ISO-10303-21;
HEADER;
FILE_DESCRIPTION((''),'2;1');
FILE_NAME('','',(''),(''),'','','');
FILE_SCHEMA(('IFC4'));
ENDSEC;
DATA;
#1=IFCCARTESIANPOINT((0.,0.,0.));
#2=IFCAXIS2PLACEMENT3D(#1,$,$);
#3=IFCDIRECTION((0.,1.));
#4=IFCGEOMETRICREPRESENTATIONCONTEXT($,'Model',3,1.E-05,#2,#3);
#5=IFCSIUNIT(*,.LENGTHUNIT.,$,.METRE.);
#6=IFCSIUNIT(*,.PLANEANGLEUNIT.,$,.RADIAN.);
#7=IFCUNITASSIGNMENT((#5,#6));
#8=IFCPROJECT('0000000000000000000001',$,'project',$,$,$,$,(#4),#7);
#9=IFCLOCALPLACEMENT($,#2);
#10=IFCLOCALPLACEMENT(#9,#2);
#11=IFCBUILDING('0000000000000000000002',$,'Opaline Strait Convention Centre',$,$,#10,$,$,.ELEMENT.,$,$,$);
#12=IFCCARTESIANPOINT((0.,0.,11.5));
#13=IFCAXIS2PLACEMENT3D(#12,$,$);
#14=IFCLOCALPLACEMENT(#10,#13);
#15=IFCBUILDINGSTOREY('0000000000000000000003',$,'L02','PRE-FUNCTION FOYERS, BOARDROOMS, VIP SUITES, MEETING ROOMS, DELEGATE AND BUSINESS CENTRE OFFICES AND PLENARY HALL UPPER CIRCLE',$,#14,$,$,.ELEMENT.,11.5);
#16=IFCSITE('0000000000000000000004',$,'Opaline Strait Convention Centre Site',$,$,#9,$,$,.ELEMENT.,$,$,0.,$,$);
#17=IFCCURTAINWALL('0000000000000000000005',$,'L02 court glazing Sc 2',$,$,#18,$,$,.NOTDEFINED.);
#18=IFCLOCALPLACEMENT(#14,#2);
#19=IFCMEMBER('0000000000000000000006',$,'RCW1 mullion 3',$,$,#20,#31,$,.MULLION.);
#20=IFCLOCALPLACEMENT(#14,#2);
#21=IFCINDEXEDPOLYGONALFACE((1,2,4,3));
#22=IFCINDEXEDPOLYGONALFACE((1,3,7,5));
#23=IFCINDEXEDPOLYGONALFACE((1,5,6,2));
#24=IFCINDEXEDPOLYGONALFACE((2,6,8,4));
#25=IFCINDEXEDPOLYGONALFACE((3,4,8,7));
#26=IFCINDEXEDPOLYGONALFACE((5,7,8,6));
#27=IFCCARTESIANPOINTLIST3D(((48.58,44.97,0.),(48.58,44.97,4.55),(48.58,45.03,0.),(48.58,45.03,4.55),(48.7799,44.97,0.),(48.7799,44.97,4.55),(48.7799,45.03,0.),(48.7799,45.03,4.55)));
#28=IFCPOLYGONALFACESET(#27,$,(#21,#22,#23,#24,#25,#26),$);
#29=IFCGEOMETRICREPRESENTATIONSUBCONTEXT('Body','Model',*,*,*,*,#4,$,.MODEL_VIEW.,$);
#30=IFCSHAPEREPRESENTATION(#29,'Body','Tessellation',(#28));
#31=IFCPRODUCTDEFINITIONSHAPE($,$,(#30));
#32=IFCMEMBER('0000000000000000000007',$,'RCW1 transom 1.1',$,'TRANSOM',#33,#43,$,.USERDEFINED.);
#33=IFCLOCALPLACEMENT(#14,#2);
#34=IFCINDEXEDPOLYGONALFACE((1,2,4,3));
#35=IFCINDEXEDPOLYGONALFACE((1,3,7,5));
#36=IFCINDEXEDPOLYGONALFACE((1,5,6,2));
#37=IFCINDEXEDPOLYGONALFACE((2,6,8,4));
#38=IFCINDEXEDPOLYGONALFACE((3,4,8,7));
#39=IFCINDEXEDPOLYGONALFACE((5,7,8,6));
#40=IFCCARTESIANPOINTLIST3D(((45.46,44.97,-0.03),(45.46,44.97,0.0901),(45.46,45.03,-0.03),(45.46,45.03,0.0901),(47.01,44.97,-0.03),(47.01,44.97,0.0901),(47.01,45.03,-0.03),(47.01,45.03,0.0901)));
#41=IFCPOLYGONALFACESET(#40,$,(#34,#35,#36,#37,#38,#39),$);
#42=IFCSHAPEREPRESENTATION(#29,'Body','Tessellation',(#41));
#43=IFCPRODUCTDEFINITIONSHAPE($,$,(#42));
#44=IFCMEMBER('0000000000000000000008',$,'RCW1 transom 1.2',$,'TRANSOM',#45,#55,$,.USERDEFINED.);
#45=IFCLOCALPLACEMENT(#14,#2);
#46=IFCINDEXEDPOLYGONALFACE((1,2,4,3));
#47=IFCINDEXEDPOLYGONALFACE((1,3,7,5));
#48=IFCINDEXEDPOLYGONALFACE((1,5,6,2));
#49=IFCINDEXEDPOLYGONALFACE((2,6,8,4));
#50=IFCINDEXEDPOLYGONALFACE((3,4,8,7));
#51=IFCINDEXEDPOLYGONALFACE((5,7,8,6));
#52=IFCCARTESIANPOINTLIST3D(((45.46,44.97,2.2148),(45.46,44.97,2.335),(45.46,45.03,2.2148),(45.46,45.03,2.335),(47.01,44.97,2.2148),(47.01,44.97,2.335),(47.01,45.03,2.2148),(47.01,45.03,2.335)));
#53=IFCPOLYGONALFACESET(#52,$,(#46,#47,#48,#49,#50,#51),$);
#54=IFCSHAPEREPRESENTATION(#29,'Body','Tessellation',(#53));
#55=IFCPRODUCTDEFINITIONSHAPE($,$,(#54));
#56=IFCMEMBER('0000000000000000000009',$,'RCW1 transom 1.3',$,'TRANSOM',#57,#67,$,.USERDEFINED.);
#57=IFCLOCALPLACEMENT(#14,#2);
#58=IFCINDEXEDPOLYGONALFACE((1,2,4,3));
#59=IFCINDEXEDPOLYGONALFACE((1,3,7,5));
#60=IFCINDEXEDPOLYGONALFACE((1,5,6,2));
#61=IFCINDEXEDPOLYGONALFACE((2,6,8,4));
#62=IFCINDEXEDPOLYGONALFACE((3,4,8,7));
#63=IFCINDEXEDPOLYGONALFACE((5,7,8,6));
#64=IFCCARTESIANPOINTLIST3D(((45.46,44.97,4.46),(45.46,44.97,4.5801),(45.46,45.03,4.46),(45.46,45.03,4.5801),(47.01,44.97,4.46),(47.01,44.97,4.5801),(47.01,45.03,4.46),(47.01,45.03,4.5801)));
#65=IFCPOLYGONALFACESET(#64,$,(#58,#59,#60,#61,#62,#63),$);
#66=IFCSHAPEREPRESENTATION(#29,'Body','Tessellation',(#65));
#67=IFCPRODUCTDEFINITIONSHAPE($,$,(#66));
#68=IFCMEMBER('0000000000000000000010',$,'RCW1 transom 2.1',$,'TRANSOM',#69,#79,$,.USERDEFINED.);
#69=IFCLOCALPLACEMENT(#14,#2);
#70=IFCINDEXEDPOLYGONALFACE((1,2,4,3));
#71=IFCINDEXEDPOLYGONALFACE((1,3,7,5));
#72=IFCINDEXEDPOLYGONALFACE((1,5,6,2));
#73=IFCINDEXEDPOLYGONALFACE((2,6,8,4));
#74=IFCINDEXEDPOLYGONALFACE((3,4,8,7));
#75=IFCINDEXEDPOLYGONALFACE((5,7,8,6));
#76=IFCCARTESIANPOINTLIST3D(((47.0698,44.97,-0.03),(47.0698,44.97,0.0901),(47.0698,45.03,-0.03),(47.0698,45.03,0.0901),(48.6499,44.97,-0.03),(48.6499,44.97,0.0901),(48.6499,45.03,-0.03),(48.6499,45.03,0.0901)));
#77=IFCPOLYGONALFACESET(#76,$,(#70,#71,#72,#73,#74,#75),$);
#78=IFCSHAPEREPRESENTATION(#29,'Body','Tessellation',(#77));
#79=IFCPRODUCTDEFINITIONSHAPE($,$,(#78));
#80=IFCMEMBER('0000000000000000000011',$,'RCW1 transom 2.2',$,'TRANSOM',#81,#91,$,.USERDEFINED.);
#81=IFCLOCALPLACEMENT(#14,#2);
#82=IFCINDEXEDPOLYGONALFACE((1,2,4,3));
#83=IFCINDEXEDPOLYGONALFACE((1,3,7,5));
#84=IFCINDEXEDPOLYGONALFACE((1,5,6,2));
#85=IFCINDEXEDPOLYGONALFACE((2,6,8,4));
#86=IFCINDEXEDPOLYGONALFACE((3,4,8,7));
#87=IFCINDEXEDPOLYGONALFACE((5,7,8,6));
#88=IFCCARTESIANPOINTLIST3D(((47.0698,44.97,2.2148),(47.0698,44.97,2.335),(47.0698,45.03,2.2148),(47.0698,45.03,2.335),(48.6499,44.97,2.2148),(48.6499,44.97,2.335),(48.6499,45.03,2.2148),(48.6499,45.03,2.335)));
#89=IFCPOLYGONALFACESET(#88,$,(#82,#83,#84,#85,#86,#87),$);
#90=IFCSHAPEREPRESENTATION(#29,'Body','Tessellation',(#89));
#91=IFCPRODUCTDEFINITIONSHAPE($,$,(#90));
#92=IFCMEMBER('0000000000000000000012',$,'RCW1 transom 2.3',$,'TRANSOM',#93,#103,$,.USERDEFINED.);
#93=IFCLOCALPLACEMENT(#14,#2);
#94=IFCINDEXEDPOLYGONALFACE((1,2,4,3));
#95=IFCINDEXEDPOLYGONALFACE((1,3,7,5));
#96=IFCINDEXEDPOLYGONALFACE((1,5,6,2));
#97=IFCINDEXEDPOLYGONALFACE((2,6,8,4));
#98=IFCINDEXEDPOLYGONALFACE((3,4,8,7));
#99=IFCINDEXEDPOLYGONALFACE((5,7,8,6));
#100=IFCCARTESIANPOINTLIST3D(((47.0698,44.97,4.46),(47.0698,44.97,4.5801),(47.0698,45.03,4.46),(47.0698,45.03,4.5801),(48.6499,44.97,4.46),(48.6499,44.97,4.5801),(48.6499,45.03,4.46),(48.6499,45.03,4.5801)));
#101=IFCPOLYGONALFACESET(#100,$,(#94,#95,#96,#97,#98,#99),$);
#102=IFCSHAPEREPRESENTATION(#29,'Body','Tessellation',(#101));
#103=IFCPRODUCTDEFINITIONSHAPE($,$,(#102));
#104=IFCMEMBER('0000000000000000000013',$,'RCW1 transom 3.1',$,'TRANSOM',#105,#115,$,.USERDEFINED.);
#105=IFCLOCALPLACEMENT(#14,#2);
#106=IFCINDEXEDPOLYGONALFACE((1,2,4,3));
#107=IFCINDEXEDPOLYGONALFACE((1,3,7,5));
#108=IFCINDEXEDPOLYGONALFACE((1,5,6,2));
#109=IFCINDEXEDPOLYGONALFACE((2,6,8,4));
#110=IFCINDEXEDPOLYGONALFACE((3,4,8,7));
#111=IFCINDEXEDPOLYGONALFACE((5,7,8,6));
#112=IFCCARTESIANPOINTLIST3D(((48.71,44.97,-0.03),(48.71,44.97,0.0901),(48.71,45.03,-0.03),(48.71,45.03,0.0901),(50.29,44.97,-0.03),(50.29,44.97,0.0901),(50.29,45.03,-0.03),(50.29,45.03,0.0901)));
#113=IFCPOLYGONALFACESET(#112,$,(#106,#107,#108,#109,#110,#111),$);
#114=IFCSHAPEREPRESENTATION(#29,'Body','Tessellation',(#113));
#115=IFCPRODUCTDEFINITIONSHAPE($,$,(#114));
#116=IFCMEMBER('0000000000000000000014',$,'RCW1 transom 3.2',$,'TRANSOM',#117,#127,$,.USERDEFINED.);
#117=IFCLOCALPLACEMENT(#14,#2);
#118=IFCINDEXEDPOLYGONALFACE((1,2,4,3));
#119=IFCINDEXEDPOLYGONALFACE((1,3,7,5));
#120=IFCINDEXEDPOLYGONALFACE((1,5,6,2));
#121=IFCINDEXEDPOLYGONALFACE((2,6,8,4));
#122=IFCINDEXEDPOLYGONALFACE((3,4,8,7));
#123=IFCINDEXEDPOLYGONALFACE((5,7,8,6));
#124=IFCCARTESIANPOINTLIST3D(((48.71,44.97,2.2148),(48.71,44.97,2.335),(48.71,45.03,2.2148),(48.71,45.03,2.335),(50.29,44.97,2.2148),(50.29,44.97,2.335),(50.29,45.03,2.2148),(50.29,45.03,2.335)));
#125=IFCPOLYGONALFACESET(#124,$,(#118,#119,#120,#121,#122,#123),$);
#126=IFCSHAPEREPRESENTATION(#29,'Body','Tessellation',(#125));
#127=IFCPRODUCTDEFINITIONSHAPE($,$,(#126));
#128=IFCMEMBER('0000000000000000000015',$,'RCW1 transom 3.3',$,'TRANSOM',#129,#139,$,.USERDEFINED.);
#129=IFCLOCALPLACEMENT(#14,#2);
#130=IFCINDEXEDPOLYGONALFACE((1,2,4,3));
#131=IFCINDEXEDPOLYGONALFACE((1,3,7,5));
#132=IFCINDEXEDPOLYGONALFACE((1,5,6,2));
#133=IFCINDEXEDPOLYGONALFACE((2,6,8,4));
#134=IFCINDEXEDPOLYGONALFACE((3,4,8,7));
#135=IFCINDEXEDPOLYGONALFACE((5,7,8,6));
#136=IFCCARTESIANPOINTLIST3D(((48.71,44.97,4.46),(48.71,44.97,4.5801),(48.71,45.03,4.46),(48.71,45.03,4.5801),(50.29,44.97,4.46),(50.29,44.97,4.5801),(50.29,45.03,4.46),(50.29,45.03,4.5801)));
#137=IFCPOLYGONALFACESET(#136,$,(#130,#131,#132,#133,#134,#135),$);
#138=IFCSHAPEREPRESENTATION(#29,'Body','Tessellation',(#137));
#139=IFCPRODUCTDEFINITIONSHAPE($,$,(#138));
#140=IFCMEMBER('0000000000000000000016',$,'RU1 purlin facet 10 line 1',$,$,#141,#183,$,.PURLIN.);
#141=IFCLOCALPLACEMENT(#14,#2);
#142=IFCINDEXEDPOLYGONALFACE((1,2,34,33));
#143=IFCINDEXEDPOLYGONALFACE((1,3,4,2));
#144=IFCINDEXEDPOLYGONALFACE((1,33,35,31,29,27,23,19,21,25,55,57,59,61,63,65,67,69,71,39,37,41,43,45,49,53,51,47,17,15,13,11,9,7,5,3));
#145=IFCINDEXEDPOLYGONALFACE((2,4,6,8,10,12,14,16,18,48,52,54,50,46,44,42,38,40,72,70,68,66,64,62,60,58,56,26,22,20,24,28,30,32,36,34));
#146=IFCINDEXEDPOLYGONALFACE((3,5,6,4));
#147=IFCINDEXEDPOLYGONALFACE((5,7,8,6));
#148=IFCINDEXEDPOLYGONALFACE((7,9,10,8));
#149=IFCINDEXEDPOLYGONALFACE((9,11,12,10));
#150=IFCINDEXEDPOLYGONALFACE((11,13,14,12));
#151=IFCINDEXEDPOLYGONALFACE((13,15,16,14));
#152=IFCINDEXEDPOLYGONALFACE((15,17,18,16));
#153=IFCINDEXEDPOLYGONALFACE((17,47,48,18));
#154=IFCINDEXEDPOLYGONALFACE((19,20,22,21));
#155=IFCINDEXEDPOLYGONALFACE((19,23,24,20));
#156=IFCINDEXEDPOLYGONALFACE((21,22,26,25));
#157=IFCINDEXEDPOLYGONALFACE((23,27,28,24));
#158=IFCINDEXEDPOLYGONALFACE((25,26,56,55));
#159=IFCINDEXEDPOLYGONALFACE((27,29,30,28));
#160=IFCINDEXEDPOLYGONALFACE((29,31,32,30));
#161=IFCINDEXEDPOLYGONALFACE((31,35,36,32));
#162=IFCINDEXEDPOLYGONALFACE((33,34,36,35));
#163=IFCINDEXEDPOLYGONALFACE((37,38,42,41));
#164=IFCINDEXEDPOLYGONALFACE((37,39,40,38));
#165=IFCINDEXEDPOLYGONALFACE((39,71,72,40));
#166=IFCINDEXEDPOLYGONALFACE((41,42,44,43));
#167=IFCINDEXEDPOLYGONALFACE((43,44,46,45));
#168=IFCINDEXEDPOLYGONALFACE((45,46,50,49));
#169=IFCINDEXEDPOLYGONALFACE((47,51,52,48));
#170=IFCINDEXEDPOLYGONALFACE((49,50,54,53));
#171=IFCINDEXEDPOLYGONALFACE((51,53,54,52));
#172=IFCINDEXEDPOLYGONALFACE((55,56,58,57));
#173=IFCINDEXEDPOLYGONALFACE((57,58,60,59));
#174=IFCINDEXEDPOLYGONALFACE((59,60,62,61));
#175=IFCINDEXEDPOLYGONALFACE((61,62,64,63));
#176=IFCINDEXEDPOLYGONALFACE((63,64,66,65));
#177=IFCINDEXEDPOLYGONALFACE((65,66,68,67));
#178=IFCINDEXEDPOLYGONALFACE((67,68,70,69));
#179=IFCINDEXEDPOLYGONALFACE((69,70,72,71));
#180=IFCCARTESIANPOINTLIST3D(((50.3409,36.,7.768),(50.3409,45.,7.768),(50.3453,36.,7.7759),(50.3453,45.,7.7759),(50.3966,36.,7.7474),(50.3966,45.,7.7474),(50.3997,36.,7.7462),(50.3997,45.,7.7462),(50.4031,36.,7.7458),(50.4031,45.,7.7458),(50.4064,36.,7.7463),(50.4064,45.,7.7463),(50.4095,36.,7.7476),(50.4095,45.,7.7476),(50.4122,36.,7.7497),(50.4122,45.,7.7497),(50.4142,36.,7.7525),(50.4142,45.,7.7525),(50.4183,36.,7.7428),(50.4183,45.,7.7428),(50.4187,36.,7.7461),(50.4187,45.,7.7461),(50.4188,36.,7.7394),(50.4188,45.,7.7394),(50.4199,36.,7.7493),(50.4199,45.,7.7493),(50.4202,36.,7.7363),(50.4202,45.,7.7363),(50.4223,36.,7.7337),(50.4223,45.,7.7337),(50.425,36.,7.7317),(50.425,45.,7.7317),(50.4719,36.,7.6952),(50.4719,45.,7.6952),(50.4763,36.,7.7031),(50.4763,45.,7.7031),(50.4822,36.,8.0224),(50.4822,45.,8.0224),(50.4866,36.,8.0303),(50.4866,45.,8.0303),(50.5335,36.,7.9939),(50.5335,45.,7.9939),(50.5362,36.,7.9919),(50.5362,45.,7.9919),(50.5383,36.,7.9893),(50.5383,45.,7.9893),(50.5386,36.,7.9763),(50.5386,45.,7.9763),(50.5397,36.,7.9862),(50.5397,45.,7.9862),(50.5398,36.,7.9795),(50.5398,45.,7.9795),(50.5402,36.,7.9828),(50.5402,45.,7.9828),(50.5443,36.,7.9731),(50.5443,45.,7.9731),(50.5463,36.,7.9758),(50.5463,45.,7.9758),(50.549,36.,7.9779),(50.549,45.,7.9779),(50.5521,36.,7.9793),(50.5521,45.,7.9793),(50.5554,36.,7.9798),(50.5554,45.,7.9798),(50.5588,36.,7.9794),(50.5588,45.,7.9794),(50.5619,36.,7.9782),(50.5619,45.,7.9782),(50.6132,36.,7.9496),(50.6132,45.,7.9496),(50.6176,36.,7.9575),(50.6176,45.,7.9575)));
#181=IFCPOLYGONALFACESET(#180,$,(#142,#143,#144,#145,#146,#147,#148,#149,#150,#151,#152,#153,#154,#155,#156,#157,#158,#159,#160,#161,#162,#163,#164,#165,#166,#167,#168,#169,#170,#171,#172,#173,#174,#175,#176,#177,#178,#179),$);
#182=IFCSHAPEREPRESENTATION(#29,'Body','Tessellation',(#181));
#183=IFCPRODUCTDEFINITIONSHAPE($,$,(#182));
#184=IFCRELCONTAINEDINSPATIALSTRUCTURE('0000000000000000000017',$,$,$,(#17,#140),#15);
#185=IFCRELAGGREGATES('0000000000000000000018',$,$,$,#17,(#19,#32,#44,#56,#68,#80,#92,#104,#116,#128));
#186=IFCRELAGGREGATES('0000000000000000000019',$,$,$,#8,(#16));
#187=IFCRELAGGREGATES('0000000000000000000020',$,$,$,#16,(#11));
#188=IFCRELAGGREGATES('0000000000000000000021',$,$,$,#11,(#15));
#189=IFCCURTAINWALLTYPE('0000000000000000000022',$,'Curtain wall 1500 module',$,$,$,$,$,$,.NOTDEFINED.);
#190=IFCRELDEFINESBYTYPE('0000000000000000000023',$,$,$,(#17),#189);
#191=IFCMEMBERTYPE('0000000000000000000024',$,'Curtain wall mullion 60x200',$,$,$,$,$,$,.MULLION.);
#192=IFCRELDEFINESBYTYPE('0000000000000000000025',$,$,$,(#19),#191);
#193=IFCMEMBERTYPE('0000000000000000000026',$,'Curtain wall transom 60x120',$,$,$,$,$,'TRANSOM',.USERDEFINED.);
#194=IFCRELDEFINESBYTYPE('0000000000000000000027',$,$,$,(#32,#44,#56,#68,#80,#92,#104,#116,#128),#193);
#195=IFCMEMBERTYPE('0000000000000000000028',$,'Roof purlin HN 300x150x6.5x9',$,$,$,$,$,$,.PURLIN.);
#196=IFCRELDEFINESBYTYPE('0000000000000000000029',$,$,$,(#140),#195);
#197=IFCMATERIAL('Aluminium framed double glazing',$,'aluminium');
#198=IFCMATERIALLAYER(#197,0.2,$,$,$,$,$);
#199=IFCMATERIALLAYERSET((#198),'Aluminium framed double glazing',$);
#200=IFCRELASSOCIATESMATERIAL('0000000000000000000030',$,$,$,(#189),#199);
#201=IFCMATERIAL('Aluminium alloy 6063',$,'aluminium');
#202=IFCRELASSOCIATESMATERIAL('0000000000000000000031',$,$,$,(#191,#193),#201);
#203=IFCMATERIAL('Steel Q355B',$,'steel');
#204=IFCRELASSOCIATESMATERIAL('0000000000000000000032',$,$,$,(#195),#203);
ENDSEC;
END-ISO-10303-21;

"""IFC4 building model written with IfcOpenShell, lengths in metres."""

from ifc_helpers import new_model, si_unit, direction, frame, origin, origin_2d, place, context, subcontext, project, spatial, rectangle, i_section, extrude, material, layer, layer_set, material_profile, profile_set, type_object, element, aggregate, save


model = new_model("IFC4")

# Units and contexts
model_context = context("Model", 3, precision=1e-05, world=origin(), true_north=direction((0.0, 1.0)))
body_context = subcontext(model_context, "Body", "Model", "MODEL_VIEW")
ifc_project = project(units=[si_unit("LENGTHUNIT", "METRE"), si_unit("PLANEANGLEUNIT", "RADIAN")], contexts=[model_context])

# Site, building, storey
site_placement = place(None, origin())
site = spatial("IfcSite", under=ifc_project, at=site_placement, Name="Opaline Strait Convention Centre Site", CompositionType="ELEMENT", RefElevation=0.0)
building_placement = place(site_placement, origin())
building = spatial("IfcBuilding", under=site, at=building_placement, Name="Opaline Strait Convention Centre", CompositionType="ELEMENT")
storey_placement = place(building_placement, frame((0.0, 0.0, 11.5)))
storey = spatial("IfcBuildingStorey", under=building, at=storey_placement, Name="L02", Description="PRE-FUNCTION FOYERS, BOARDROOMS, VIP SUITES, MEETING ROOMS, DELEGATE AND BUSINESS CENTRE OFFICES AND PLENARY HALL UPPER CIRCLE", CompositionType="ELEMENT", Elevation=11.5)

# Shared definitions
ifc_material_1 = material(Name="Steel Q355B", Category="steel")

# Curtain wall, members
ifc_material_2 = material(Name="Aluminium framed double glazing", Category="aluminium")
ifc_layer_1 = layer(ifc_material_2, 0.2)
ifc_layer_set_1 = layer_set([ifc_layer_1], Name="Aluminium framed double glazing")
curtain_wall_type = type_object("IfcCurtainWallType", Name="Curtain wall 1500 module", PredefinedType="NOTDEFINED", material=ifc_layer_set_1)
curtain_wall_placement = place(storey_placement, origin())
curtain_wall = element("IfcCurtainWall", 1, at=curtain_wall_placement, inside=storey, type_object=curtain_wall_type, Name="L02 court glazing Sc 2", PredefinedType="NOTDEFINED")
ifc_material_3 = material(Name="Aluminium alloy 6063", Category="aluminium")
ifc_material_profile_1 = material_profile(ifc_material_3, rectangle(XDim=0.0601, YDim=0.2, at=origin_2d()), Name="Curtain wall mullion 60x200")
ifc_profile_set_1 = profile_set([ifc_material_profile_1], Name="Aluminium alloy 6063")
member_type_1 = type_object("IfcMemberType", Name="Curtain wall mullion 60x200", PredefinedType="MULLION", material=ifc_profile_set_1)
member_1_placement = place(storey_placement, frame((48.6799, 45.0, 0.0), z_axis=(0.0, 0.0, 1.0), x_axis=(0.0, 1.0, 0.0)))
member_1 = element("IfcMember", 2, at=member_1_placement, type_object=member_type_1, Name="RCW1 mullion 3", PredefinedType="MULLION", context=body_context, shape_type="SweptSolid", body=[
    extrude(rectangle(XDim=0.0601, YDim=0.2, at=origin_2d()), origin(), (0.0, 0.0, 1.0), 4.55),
])
ifc_material_profile_2 = material_profile(ifc_material_3, rectangle(XDim=0.0601, YDim=0.1201, at=origin_2d()), Name="Curtain wall transom 60x120")
ifc_profile_set_2 = profile_set([ifc_material_profile_2], Name="Aluminium alloy 6063")
member_type_2 = type_object("IfcMemberType", Name="Curtain wall transom 60x120", ElementType="TRANSOM", PredefinedType="USERDEFINED", material=ifc_profile_set_2)
member_2_placement = place(storey_placement, frame((45.46, 45.0, 0.03), z_axis=(1.0, 0.0, 0.0), x_axis=(0.0, 1.0, 0.0)))
member_2 = element("IfcMember", 3, at=member_2_placement, type_object=member_type_2, Name="RCW1 transom 1.1", ObjectType="TRANSOM", PredefinedType="USERDEFINED", context=body_context, shape_type="SweptSolid", body=[
    extrude(rectangle(XDim=0.0601, YDim=0.1201, at=origin_2d()), origin(), (0.0, 0.0, 1.0), 1.55),
])
member_3_placement = place(storey_placement, frame((45.46, 45.0, 2.2749), z_axis=(1.0, 0.0, 0.0), x_axis=(0.0, 1.0, 0.0)))
member_3 = element("IfcMember", 4, at=member_3_placement, type_object=member_type_2, Name="RCW1 transom 1.2", ObjectType="TRANSOM", PredefinedType="USERDEFINED", context=body_context, shape_type="SweptSolid", body=[
    extrude(rectangle(XDim=0.0601, YDim=0.1201, at=origin_2d()), origin(), (0.0, 0.0, 1.0), 1.55),
])
member_4_placement = place(storey_placement, frame((45.46, 45.0, 4.52), z_axis=(1.0, 0.0, 0.0), x_axis=(0.0, 1.0, 0.0)))
member_4 = element("IfcMember", 5, at=member_4_placement, type_object=member_type_2, Name="RCW1 transom 1.3", ObjectType="TRANSOM", PredefinedType="USERDEFINED", context=body_context, shape_type="SweptSolid", body=[
    extrude(rectangle(XDim=0.0601, YDim=0.1201, at=origin_2d()), origin(), (0.0, 0.0, 1.0), 1.55),
])
member_5_placement = place(storey_placement, frame((47.0698, 45.0, 0.03), z_axis=(1.0, 0.0, 0.0), x_axis=(0.0, 1.0, 0.0)))
member_5 = element("IfcMember", 6, at=member_5_placement, type_object=member_type_2, Name="RCW1 transom 2.1", ObjectType="TRANSOM", PredefinedType="USERDEFINED", context=body_context, shape_type="SweptSolid", body=[
    extrude(rectangle(XDim=0.0601, YDim=0.1201, at=origin_2d()), origin(), (0.0, 0.0, 1.0), 1.5801),
])
member_6_placement = place(storey_placement, frame((47.0698, 45.0, 2.2749), z_axis=(1.0, 0.0, 0.0), x_axis=(0.0, 1.0, 0.0)))
member_6 = element("IfcMember", 7, at=member_6_placement, type_object=member_type_2, Name="RCW1 transom 2.2", ObjectType="TRANSOM", PredefinedType="USERDEFINED", context=body_context, shape_type="SweptSolid", body=[
    extrude(rectangle(XDim=0.0601, YDim=0.1201, at=origin_2d()), origin(), (0.0, 0.0, 1.0), 1.5801),
])
member_7_placement = place(storey_placement, frame((47.0698, 45.0, 4.52), z_axis=(1.0, 0.0, 0.0), x_axis=(0.0, 1.0, 0.0)))
member_7 = element("IfcMember", 8, at=member_7_placement, type_object=member_type_2, Name="RCW1 transom 2.3", ObjectType="TRANSOM", PredefinedType="USERDEFINED", context=body_context, shape_type="SweptSolid", body=[
    extrude(rectangle(XDim=0.0601, YDim=0.1201, at=origin_2d()), origin(), (0.0, 0.0, 1.0), 1.5801),
])
member_8_placement = place(storey_placement, frame((48.71, 45.0, 0.03), z_axis=(1.0, 0.0, 0.0), x_axis=(0.0, 1.0, 0.0)))
member_8 = element("IfcMember", 9, at=member_8_placement, type_object=member_type_2, Name="RCW1 transom 3.1", ObjectType="TRANSOM", PredefinedType="USERDEFINED", context=body_context, shape_type="SweptSolid", body=[
    extrude(rectangle(XDim=0.0601, YDim=0.1201, at=origin_2d()), origin(), (0.0, 0.0, 1.0), 1.5801),
])
member_9_placement = place(storey_placement, frame((48.71, 45.0, 2.2749), z_axis=(1.0, 0.0, 0.0), x_axis=(0.0, 1.0, 0.0)))
member_9 = element("IfcMember", 10, at=member_9_placement, type_object=member_type_2, Name="RCW1 transom 3.2", ObjectType="TRANSOM", PredefinedType="USERDEFINED", context=body_context, shape_type="SweptSolid", body=[
    extrude(rectangle(XDim=0.0601, YDim=0.1201, at=origin_2d()), origin(), (0.0, 0.0, 1.0), 1.5801),
])
member_10_placement = place(storey_placement, frame((48.71, 45.0, 4.52), z_axis=(1.0, 0.0, 0.0), x_axis=(0.0, 1.0, 0.0)))
member_10 = element("IfcMember", 11, at=member_10_placement, type_object=member_type_2, Name="RCW1 transom 3.3", ObjectType="TRANSOM", PredefinedType="USERDEFINED", context=body_context, shape_type="SweptSolid", body=[
    extrude(rectangle(XDim=0.0601, YDim=0.1201, at=origin_2d()), origin(), (0.0, 0.0, 1.0), 1.5801),
])

# Member
ifc_material_profile_3 = material_profile(ifc_material_1, i_section(OverallWidth=0.1499, OverallDepth=0.3, WebThickness=0.0066, FlangeThickness=0.009, FilletRadius=0.0129, at=origin_2d()), Name="HN 300x150x6.5x9")
ifc_profile_set_3 = profile_set([ifc_material_profile_3], Name="Steel Q355B")
member_type_3 = type_object("IfcMemberType", Name="Roof purlin HN 300x150x6.5x9", PredefinedType="PURLIN", material=ifc_profile_set_3)
for number, where, z_axis, x_axis, name in (
    (12, (50.4792, 36.0, 7.8628), (0.0, 1.0, 0.0), (-0.874157, 0.0, 0.485643), "RU1 purlin facet 10 line 1"),
):
    element("IfcMember", number, at=place(storey_placement, frame(where, z_axis=z_axis, x_axis=x_axis)), inside=storey, type_object=member_type_3, Name=name, PredefinedType="PURLIN", context=body_context, shape_type="SweptSolid", body=[
        extrude(i_section(OverallWidth=0.1499, OverallDepth=0.3, WebThickness=0.0066, FlangeThickness=0.009, FilletRadius=0.0129, at=origin_2d()), origin(), (0.0, 0.0, 1.0), 9.0),
    ])

aggregate(curtain_wall, [member_1, member_2, member_3, member_4, member_5, member_6, member_7, member_8, member_9, member_10])

save(model, "model.ifc")
